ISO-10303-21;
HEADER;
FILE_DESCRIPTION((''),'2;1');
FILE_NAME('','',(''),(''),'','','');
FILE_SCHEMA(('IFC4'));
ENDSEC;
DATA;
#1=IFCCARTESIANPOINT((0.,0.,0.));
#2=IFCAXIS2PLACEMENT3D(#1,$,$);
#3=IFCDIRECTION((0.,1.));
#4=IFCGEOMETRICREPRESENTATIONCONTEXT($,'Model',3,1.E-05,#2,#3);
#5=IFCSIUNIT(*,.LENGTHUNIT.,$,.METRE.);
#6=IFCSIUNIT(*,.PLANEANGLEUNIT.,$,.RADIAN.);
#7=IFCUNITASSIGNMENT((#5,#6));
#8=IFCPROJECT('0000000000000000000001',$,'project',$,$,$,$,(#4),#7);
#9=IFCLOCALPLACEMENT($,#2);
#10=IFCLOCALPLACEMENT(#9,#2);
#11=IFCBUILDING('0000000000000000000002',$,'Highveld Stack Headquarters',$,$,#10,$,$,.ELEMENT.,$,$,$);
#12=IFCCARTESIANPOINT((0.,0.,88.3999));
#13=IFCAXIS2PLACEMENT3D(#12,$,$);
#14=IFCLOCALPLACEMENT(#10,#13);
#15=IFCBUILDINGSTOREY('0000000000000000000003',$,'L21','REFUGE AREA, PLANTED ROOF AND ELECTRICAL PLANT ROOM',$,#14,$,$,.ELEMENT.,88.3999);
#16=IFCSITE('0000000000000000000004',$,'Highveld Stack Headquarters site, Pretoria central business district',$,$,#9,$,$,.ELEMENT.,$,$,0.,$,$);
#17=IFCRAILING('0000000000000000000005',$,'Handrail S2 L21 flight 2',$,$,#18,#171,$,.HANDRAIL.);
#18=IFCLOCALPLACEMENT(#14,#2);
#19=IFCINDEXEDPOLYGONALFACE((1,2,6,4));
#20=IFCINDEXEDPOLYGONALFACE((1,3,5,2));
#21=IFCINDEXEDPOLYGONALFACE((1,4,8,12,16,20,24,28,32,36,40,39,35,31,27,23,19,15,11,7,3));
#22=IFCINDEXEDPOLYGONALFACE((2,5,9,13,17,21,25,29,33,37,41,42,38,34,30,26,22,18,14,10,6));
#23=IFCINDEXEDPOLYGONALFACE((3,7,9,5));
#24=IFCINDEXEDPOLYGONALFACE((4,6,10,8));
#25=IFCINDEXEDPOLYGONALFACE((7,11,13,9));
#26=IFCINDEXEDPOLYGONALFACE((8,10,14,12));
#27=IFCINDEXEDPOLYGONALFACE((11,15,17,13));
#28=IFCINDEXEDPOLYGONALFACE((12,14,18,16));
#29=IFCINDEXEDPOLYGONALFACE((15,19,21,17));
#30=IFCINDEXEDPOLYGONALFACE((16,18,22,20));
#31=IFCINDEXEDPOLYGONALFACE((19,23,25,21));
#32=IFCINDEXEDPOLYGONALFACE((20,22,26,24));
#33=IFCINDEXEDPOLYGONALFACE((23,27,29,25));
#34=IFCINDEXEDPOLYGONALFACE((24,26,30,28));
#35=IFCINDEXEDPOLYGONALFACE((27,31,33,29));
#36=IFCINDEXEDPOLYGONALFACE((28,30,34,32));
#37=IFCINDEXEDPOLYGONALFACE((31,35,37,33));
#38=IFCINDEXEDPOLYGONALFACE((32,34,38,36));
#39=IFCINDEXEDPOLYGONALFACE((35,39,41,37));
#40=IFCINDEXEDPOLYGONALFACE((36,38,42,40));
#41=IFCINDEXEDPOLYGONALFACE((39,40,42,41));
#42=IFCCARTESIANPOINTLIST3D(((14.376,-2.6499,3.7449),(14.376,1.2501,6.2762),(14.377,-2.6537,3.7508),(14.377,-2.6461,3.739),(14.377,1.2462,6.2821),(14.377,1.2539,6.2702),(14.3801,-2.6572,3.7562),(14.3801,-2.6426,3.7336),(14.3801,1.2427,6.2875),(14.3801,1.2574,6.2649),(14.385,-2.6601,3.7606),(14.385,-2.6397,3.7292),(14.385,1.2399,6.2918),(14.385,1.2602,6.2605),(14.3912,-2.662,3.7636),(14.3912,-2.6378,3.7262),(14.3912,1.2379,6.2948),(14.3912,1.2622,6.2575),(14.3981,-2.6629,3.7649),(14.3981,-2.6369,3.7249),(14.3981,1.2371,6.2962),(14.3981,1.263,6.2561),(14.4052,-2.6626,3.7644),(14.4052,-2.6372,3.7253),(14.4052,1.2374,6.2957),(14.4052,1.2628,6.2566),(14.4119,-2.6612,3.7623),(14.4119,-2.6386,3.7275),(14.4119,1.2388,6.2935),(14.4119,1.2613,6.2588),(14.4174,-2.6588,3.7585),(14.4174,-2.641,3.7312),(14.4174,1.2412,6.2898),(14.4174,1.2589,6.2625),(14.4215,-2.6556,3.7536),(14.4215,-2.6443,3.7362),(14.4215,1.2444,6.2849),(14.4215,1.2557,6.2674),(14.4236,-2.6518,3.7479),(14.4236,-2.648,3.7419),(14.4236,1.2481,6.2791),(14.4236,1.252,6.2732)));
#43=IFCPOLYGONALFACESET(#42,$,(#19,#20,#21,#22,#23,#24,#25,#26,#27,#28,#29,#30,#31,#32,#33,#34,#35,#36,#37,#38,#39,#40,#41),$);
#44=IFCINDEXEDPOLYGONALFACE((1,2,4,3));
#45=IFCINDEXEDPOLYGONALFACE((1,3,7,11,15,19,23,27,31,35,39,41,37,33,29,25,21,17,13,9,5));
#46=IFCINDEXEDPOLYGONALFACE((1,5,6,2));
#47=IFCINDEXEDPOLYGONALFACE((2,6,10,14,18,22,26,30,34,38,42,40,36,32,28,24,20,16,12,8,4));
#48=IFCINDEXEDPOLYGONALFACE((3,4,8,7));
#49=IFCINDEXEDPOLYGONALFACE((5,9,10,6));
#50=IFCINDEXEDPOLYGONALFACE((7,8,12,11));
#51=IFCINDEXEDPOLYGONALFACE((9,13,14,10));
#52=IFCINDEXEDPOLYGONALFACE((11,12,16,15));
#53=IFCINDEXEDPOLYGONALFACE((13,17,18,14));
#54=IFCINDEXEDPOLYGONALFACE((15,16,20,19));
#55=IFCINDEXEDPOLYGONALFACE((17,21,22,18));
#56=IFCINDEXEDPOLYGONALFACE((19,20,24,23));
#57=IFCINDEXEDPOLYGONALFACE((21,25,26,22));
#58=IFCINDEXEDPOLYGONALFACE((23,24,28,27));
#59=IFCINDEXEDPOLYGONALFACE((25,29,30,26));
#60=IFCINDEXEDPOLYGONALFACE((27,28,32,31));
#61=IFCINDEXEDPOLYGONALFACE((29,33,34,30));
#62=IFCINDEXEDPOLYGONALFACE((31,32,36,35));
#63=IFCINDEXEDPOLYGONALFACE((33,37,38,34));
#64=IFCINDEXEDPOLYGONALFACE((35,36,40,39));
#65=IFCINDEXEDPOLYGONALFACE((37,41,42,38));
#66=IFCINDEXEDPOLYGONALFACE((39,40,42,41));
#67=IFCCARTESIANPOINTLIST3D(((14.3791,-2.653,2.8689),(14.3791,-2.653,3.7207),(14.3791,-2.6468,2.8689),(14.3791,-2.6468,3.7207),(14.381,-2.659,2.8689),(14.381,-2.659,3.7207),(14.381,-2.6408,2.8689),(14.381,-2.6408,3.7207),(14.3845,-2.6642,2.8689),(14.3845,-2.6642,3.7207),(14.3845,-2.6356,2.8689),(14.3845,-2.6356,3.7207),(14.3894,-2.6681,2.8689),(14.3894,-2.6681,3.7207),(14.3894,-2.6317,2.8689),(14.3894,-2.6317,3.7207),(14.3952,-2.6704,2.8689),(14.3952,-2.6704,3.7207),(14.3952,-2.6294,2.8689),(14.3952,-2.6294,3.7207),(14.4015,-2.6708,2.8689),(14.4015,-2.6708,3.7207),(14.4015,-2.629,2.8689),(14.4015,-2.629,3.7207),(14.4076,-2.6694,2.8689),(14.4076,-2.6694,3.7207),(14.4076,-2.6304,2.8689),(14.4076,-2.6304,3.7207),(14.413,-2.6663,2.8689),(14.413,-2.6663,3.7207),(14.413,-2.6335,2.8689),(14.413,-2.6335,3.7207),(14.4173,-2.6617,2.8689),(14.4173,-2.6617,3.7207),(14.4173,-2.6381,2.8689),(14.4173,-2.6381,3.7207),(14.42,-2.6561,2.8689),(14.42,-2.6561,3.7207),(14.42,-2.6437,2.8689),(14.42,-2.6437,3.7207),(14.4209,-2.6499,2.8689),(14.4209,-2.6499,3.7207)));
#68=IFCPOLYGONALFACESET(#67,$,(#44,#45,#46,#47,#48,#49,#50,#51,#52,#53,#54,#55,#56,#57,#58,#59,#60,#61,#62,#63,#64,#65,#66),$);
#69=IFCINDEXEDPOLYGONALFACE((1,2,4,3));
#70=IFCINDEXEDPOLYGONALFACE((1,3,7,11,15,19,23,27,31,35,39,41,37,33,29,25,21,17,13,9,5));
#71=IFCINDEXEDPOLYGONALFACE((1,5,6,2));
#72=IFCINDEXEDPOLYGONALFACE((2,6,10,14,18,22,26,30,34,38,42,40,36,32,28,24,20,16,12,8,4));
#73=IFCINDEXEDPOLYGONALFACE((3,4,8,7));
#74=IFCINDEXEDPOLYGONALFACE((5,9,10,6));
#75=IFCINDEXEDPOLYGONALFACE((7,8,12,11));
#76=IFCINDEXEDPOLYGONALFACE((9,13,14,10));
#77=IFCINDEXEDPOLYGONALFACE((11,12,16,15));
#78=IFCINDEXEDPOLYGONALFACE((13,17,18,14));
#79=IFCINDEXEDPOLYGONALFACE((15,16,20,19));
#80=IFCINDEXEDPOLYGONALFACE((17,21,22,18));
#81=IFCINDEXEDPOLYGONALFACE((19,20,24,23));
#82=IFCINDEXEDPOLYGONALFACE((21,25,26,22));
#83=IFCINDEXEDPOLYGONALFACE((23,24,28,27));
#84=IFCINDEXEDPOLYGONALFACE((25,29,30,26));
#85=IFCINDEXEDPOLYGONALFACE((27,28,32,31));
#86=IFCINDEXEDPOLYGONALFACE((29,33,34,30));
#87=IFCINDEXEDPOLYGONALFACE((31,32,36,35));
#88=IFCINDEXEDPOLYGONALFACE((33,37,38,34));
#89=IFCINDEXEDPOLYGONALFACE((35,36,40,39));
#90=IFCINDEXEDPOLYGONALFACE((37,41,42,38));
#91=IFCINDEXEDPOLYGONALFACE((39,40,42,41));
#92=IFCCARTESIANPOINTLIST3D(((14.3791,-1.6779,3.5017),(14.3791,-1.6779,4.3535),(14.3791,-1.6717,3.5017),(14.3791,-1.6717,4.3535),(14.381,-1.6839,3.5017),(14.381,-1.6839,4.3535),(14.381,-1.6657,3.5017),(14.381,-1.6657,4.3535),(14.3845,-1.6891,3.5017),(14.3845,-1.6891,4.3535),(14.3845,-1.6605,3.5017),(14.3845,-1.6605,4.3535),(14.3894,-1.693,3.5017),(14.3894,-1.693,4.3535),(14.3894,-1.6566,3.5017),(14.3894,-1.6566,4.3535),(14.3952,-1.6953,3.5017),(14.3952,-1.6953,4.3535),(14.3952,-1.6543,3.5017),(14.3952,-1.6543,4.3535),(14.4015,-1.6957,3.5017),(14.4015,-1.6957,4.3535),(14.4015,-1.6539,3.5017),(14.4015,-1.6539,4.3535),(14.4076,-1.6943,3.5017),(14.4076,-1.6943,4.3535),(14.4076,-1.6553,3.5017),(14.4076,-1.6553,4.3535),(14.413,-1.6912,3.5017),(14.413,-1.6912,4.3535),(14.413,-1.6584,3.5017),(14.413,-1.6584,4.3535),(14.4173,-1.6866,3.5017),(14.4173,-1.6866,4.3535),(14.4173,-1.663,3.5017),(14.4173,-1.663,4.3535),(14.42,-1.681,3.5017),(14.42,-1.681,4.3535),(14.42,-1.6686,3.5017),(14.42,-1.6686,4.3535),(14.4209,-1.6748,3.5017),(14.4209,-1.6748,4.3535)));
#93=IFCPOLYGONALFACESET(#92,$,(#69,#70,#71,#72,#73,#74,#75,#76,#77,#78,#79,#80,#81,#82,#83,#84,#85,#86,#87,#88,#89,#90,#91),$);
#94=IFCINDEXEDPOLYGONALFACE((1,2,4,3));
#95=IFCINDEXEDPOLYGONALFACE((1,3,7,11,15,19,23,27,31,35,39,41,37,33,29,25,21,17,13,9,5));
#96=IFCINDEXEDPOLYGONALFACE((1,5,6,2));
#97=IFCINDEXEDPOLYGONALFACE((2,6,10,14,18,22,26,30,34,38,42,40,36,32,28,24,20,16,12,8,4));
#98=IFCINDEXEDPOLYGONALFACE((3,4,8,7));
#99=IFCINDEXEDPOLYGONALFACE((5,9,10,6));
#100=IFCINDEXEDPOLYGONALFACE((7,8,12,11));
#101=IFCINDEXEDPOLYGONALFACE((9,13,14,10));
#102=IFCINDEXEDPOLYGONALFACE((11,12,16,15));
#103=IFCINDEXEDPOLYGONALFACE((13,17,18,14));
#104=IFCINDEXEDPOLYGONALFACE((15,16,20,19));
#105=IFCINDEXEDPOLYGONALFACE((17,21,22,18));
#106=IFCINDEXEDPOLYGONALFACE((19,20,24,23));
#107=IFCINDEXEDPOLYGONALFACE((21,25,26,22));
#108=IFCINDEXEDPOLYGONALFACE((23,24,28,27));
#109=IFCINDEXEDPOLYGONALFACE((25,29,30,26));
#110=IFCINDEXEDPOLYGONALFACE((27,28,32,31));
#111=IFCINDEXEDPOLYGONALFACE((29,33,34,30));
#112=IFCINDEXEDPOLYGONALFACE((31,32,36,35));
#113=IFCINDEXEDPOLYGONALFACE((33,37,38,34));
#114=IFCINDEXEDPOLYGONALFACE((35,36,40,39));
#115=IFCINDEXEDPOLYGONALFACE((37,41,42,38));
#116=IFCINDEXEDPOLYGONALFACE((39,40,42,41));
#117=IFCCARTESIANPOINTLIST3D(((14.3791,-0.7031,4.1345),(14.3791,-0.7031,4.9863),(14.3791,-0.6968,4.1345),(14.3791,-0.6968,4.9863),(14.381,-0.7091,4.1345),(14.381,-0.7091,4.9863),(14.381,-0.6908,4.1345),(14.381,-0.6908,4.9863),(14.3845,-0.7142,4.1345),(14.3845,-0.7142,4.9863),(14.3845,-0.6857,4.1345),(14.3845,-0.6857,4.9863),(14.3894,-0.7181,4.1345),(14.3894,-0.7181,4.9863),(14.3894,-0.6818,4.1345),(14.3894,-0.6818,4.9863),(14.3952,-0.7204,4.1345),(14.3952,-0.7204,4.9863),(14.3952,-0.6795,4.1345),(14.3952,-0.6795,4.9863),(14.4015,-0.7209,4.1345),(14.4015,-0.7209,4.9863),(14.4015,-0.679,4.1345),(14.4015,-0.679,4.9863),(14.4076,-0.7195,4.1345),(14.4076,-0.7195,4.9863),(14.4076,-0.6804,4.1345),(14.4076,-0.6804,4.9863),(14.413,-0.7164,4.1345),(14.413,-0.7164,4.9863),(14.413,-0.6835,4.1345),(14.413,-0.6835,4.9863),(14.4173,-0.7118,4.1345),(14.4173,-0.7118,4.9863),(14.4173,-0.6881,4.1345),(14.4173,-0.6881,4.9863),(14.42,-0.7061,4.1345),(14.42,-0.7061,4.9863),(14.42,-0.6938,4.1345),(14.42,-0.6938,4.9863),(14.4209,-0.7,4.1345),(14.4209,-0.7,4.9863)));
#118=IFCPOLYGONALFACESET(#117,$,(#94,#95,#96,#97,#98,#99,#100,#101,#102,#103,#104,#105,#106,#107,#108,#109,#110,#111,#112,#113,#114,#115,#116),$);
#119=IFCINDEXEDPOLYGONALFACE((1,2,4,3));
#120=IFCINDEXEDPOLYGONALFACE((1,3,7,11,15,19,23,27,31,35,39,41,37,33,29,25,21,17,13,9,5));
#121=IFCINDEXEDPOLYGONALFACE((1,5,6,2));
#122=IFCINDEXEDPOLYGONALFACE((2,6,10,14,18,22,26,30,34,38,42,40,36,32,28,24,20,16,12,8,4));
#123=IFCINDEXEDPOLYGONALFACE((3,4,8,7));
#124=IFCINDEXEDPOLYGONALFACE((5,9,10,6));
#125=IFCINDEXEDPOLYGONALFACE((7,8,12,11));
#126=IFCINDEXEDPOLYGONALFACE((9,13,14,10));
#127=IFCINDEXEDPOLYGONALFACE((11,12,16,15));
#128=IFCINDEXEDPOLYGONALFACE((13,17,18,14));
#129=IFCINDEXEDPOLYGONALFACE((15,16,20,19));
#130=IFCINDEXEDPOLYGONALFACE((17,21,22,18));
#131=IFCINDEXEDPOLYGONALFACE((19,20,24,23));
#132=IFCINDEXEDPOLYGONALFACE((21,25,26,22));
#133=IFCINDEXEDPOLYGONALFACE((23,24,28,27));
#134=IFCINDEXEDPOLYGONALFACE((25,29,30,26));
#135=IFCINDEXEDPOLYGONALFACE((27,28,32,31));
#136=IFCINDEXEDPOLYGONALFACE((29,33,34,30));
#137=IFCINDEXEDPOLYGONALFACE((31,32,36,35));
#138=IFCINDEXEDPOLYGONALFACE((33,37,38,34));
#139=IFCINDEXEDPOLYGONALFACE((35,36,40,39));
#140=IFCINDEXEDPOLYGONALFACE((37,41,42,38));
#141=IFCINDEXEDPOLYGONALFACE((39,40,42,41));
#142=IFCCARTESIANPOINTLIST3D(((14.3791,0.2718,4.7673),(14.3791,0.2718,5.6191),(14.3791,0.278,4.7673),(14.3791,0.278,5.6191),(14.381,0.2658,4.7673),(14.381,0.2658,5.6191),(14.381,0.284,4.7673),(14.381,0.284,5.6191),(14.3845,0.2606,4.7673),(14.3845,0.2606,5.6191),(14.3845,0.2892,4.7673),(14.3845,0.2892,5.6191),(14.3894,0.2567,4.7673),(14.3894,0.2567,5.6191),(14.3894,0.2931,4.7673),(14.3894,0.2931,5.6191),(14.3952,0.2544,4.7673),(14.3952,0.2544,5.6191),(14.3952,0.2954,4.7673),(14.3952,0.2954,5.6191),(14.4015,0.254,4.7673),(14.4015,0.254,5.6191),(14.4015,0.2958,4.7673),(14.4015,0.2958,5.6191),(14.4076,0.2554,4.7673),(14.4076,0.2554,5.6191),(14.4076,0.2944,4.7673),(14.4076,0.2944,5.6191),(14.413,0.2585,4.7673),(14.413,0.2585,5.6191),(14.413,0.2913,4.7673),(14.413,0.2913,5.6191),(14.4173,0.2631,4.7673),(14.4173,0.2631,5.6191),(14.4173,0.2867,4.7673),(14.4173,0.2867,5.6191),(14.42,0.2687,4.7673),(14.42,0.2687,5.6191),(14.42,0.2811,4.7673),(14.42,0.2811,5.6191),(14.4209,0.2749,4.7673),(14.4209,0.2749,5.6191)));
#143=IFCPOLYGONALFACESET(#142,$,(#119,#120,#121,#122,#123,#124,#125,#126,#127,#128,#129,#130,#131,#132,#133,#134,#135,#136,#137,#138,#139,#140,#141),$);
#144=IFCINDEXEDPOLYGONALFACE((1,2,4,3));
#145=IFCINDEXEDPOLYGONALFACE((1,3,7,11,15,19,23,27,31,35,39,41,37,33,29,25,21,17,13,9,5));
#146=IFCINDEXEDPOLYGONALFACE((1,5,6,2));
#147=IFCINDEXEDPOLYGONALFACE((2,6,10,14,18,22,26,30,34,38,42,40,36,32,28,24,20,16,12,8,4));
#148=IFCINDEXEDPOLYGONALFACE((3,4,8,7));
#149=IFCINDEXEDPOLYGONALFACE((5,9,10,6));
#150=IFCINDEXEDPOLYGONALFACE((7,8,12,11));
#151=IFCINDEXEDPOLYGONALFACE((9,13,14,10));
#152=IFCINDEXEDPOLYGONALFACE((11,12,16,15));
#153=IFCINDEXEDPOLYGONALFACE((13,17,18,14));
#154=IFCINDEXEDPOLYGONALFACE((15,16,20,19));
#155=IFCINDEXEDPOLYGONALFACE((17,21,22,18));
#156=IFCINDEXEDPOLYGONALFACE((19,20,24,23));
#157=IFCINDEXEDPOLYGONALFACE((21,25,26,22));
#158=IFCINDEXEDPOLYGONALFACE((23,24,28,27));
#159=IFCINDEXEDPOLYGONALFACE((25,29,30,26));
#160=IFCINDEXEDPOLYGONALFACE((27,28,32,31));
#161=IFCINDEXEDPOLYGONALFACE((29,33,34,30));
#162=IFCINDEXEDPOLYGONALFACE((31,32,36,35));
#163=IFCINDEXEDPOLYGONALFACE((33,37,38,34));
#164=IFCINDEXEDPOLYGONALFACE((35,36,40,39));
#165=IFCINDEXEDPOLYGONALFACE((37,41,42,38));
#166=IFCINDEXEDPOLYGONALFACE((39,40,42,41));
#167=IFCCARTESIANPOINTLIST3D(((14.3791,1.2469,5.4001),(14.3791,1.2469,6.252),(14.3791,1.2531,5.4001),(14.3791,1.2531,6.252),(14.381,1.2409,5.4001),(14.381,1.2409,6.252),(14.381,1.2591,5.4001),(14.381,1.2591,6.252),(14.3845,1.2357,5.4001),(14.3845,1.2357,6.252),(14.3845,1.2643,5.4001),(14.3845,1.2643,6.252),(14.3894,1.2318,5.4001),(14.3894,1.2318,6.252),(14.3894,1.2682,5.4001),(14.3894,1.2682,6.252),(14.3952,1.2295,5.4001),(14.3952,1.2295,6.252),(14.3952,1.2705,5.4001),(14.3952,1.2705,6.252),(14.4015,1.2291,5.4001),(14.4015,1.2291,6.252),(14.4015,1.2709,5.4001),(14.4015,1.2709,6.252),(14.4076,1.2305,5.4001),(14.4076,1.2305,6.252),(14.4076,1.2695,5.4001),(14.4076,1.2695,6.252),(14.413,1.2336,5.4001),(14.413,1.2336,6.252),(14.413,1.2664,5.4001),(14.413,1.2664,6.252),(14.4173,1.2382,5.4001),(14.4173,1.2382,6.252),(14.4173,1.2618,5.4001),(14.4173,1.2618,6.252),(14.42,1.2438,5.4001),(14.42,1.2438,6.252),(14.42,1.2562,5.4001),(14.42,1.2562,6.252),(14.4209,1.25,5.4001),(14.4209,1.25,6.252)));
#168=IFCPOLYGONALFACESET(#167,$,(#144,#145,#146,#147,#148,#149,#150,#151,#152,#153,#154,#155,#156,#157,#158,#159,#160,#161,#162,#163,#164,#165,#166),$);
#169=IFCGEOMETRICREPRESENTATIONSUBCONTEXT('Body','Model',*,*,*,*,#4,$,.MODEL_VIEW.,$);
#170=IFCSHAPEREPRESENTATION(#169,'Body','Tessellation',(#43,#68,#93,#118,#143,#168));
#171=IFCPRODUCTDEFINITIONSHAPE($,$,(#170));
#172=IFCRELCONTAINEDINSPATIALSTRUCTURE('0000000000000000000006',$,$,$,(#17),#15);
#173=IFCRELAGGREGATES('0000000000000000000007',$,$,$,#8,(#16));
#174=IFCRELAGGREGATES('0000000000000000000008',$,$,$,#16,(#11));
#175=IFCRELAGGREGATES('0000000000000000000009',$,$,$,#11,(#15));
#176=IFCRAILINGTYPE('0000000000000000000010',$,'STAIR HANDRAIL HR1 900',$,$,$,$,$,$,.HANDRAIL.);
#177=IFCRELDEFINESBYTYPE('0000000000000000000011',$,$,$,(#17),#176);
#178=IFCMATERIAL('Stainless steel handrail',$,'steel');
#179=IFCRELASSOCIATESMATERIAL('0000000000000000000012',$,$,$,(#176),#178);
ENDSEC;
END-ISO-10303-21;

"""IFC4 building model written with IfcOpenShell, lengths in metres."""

from ifc_helpers import new_model, si_unit, direction, frame, origin, origin_2d, place, context, subcontext, project, spatial, circle, extrude, material, type_object, element, save


model = new_model("IFC4")

# Units and contexts
model_context = context("Model", 3, precision=1e-05, world=origin(), true_north=direction((0.0, 1.0)))
body_context = subcontext(model_context, "Body", "Model", "MODEL_VIEW")
ifc_project = project(units=[si_unit("LENGTHUNIT", "METRE"), si_unit("PLANEANGLEUNIT", "RADIAN")], contexts=[model_context])

# Site, building, storey
site_placement = place(None, origin())
site = spatial("IfcSite", under=ifc_project, at=site_placement, Name="Highveld Stack Headquarters site, Pretoria central business district", CompositionType="ELEMENT", RefElevation=0.0)
building_placement = place(site_placement, origin())
building = spatial("IfcBuilding", under=site, at=building_placement, Name="Highveld Stack Headquarters", CompositionType="ELEMENT")
storey_placement = place(building_placement, frame((0.0, 0.0, 88.3999)))
storey = spatial("IfcBuildingStorey", under=building, at=storey_placement, Name="L21", Description="REFUGE AREA, PLANTED ROOF AND ELECTRICAL PLANT ROOM", CompositionType="ELEMENT", Elevation=88.3999)

# Railing
ifc_material_1 = material(Name="Stainless steel handrail", Category="steel")
railing_type = type_object("IfcRailingType", Name="STAIR HANDRAIL HR1 900", PredefinedType="HANDRAIL", material=ifc_material_1)
for number, where, name in (
    (1, (14.3999, -2.6499, 2.8689), "Handrail S2 L21 flight 2"),
):
    element("IfcRailing", number, at=place(storey_placement, frame(where)), inside=storey, type_object=railing_type, Name=name, PredefinedType="HANDRAIL", context=body_context, shape_type="SweptSolid", body=[
        extrude(circle(Radius=0.0239, at=origin_2d()), frame((0.0, 0.0, 0.876), z_axis=(0.0, 0.838806, 0.544431), x_axis=(-1.0, 0.0, 0.0)), (0.0, 0.0, 1.0), 4.6494),
        extrude(circle(Radius=0.021, at=origin_2d()), origin(), (0.0, 0.0, 1.0), 0.8518),
        extrude(circle(Radius=0.021, at=origin_2d()), frame((0.0, 0.9751, 0.6328)), (0.0, 0.0, 1.0), 0.8518),
        extrude(circle(Radius=0.021, at=origin_2d()), frame((0.0, 1.95, 1.2656)), (0.0, 0.0, 1.0), 0.8518),
        extrude(circle(Radius=0.021, at=origin_2d()), frame((0.0, 2.9248, 1.8984)), (0.0, 0.0, 1.0), 0.8518),
        extrude(circle(Radius=0.021, at=origin_2d()), frame((0.0, 3.8999, 2.5312)), (0.0, 0.0, 1.0), 0.8518),
    ])

save(model, "model.ifc")
